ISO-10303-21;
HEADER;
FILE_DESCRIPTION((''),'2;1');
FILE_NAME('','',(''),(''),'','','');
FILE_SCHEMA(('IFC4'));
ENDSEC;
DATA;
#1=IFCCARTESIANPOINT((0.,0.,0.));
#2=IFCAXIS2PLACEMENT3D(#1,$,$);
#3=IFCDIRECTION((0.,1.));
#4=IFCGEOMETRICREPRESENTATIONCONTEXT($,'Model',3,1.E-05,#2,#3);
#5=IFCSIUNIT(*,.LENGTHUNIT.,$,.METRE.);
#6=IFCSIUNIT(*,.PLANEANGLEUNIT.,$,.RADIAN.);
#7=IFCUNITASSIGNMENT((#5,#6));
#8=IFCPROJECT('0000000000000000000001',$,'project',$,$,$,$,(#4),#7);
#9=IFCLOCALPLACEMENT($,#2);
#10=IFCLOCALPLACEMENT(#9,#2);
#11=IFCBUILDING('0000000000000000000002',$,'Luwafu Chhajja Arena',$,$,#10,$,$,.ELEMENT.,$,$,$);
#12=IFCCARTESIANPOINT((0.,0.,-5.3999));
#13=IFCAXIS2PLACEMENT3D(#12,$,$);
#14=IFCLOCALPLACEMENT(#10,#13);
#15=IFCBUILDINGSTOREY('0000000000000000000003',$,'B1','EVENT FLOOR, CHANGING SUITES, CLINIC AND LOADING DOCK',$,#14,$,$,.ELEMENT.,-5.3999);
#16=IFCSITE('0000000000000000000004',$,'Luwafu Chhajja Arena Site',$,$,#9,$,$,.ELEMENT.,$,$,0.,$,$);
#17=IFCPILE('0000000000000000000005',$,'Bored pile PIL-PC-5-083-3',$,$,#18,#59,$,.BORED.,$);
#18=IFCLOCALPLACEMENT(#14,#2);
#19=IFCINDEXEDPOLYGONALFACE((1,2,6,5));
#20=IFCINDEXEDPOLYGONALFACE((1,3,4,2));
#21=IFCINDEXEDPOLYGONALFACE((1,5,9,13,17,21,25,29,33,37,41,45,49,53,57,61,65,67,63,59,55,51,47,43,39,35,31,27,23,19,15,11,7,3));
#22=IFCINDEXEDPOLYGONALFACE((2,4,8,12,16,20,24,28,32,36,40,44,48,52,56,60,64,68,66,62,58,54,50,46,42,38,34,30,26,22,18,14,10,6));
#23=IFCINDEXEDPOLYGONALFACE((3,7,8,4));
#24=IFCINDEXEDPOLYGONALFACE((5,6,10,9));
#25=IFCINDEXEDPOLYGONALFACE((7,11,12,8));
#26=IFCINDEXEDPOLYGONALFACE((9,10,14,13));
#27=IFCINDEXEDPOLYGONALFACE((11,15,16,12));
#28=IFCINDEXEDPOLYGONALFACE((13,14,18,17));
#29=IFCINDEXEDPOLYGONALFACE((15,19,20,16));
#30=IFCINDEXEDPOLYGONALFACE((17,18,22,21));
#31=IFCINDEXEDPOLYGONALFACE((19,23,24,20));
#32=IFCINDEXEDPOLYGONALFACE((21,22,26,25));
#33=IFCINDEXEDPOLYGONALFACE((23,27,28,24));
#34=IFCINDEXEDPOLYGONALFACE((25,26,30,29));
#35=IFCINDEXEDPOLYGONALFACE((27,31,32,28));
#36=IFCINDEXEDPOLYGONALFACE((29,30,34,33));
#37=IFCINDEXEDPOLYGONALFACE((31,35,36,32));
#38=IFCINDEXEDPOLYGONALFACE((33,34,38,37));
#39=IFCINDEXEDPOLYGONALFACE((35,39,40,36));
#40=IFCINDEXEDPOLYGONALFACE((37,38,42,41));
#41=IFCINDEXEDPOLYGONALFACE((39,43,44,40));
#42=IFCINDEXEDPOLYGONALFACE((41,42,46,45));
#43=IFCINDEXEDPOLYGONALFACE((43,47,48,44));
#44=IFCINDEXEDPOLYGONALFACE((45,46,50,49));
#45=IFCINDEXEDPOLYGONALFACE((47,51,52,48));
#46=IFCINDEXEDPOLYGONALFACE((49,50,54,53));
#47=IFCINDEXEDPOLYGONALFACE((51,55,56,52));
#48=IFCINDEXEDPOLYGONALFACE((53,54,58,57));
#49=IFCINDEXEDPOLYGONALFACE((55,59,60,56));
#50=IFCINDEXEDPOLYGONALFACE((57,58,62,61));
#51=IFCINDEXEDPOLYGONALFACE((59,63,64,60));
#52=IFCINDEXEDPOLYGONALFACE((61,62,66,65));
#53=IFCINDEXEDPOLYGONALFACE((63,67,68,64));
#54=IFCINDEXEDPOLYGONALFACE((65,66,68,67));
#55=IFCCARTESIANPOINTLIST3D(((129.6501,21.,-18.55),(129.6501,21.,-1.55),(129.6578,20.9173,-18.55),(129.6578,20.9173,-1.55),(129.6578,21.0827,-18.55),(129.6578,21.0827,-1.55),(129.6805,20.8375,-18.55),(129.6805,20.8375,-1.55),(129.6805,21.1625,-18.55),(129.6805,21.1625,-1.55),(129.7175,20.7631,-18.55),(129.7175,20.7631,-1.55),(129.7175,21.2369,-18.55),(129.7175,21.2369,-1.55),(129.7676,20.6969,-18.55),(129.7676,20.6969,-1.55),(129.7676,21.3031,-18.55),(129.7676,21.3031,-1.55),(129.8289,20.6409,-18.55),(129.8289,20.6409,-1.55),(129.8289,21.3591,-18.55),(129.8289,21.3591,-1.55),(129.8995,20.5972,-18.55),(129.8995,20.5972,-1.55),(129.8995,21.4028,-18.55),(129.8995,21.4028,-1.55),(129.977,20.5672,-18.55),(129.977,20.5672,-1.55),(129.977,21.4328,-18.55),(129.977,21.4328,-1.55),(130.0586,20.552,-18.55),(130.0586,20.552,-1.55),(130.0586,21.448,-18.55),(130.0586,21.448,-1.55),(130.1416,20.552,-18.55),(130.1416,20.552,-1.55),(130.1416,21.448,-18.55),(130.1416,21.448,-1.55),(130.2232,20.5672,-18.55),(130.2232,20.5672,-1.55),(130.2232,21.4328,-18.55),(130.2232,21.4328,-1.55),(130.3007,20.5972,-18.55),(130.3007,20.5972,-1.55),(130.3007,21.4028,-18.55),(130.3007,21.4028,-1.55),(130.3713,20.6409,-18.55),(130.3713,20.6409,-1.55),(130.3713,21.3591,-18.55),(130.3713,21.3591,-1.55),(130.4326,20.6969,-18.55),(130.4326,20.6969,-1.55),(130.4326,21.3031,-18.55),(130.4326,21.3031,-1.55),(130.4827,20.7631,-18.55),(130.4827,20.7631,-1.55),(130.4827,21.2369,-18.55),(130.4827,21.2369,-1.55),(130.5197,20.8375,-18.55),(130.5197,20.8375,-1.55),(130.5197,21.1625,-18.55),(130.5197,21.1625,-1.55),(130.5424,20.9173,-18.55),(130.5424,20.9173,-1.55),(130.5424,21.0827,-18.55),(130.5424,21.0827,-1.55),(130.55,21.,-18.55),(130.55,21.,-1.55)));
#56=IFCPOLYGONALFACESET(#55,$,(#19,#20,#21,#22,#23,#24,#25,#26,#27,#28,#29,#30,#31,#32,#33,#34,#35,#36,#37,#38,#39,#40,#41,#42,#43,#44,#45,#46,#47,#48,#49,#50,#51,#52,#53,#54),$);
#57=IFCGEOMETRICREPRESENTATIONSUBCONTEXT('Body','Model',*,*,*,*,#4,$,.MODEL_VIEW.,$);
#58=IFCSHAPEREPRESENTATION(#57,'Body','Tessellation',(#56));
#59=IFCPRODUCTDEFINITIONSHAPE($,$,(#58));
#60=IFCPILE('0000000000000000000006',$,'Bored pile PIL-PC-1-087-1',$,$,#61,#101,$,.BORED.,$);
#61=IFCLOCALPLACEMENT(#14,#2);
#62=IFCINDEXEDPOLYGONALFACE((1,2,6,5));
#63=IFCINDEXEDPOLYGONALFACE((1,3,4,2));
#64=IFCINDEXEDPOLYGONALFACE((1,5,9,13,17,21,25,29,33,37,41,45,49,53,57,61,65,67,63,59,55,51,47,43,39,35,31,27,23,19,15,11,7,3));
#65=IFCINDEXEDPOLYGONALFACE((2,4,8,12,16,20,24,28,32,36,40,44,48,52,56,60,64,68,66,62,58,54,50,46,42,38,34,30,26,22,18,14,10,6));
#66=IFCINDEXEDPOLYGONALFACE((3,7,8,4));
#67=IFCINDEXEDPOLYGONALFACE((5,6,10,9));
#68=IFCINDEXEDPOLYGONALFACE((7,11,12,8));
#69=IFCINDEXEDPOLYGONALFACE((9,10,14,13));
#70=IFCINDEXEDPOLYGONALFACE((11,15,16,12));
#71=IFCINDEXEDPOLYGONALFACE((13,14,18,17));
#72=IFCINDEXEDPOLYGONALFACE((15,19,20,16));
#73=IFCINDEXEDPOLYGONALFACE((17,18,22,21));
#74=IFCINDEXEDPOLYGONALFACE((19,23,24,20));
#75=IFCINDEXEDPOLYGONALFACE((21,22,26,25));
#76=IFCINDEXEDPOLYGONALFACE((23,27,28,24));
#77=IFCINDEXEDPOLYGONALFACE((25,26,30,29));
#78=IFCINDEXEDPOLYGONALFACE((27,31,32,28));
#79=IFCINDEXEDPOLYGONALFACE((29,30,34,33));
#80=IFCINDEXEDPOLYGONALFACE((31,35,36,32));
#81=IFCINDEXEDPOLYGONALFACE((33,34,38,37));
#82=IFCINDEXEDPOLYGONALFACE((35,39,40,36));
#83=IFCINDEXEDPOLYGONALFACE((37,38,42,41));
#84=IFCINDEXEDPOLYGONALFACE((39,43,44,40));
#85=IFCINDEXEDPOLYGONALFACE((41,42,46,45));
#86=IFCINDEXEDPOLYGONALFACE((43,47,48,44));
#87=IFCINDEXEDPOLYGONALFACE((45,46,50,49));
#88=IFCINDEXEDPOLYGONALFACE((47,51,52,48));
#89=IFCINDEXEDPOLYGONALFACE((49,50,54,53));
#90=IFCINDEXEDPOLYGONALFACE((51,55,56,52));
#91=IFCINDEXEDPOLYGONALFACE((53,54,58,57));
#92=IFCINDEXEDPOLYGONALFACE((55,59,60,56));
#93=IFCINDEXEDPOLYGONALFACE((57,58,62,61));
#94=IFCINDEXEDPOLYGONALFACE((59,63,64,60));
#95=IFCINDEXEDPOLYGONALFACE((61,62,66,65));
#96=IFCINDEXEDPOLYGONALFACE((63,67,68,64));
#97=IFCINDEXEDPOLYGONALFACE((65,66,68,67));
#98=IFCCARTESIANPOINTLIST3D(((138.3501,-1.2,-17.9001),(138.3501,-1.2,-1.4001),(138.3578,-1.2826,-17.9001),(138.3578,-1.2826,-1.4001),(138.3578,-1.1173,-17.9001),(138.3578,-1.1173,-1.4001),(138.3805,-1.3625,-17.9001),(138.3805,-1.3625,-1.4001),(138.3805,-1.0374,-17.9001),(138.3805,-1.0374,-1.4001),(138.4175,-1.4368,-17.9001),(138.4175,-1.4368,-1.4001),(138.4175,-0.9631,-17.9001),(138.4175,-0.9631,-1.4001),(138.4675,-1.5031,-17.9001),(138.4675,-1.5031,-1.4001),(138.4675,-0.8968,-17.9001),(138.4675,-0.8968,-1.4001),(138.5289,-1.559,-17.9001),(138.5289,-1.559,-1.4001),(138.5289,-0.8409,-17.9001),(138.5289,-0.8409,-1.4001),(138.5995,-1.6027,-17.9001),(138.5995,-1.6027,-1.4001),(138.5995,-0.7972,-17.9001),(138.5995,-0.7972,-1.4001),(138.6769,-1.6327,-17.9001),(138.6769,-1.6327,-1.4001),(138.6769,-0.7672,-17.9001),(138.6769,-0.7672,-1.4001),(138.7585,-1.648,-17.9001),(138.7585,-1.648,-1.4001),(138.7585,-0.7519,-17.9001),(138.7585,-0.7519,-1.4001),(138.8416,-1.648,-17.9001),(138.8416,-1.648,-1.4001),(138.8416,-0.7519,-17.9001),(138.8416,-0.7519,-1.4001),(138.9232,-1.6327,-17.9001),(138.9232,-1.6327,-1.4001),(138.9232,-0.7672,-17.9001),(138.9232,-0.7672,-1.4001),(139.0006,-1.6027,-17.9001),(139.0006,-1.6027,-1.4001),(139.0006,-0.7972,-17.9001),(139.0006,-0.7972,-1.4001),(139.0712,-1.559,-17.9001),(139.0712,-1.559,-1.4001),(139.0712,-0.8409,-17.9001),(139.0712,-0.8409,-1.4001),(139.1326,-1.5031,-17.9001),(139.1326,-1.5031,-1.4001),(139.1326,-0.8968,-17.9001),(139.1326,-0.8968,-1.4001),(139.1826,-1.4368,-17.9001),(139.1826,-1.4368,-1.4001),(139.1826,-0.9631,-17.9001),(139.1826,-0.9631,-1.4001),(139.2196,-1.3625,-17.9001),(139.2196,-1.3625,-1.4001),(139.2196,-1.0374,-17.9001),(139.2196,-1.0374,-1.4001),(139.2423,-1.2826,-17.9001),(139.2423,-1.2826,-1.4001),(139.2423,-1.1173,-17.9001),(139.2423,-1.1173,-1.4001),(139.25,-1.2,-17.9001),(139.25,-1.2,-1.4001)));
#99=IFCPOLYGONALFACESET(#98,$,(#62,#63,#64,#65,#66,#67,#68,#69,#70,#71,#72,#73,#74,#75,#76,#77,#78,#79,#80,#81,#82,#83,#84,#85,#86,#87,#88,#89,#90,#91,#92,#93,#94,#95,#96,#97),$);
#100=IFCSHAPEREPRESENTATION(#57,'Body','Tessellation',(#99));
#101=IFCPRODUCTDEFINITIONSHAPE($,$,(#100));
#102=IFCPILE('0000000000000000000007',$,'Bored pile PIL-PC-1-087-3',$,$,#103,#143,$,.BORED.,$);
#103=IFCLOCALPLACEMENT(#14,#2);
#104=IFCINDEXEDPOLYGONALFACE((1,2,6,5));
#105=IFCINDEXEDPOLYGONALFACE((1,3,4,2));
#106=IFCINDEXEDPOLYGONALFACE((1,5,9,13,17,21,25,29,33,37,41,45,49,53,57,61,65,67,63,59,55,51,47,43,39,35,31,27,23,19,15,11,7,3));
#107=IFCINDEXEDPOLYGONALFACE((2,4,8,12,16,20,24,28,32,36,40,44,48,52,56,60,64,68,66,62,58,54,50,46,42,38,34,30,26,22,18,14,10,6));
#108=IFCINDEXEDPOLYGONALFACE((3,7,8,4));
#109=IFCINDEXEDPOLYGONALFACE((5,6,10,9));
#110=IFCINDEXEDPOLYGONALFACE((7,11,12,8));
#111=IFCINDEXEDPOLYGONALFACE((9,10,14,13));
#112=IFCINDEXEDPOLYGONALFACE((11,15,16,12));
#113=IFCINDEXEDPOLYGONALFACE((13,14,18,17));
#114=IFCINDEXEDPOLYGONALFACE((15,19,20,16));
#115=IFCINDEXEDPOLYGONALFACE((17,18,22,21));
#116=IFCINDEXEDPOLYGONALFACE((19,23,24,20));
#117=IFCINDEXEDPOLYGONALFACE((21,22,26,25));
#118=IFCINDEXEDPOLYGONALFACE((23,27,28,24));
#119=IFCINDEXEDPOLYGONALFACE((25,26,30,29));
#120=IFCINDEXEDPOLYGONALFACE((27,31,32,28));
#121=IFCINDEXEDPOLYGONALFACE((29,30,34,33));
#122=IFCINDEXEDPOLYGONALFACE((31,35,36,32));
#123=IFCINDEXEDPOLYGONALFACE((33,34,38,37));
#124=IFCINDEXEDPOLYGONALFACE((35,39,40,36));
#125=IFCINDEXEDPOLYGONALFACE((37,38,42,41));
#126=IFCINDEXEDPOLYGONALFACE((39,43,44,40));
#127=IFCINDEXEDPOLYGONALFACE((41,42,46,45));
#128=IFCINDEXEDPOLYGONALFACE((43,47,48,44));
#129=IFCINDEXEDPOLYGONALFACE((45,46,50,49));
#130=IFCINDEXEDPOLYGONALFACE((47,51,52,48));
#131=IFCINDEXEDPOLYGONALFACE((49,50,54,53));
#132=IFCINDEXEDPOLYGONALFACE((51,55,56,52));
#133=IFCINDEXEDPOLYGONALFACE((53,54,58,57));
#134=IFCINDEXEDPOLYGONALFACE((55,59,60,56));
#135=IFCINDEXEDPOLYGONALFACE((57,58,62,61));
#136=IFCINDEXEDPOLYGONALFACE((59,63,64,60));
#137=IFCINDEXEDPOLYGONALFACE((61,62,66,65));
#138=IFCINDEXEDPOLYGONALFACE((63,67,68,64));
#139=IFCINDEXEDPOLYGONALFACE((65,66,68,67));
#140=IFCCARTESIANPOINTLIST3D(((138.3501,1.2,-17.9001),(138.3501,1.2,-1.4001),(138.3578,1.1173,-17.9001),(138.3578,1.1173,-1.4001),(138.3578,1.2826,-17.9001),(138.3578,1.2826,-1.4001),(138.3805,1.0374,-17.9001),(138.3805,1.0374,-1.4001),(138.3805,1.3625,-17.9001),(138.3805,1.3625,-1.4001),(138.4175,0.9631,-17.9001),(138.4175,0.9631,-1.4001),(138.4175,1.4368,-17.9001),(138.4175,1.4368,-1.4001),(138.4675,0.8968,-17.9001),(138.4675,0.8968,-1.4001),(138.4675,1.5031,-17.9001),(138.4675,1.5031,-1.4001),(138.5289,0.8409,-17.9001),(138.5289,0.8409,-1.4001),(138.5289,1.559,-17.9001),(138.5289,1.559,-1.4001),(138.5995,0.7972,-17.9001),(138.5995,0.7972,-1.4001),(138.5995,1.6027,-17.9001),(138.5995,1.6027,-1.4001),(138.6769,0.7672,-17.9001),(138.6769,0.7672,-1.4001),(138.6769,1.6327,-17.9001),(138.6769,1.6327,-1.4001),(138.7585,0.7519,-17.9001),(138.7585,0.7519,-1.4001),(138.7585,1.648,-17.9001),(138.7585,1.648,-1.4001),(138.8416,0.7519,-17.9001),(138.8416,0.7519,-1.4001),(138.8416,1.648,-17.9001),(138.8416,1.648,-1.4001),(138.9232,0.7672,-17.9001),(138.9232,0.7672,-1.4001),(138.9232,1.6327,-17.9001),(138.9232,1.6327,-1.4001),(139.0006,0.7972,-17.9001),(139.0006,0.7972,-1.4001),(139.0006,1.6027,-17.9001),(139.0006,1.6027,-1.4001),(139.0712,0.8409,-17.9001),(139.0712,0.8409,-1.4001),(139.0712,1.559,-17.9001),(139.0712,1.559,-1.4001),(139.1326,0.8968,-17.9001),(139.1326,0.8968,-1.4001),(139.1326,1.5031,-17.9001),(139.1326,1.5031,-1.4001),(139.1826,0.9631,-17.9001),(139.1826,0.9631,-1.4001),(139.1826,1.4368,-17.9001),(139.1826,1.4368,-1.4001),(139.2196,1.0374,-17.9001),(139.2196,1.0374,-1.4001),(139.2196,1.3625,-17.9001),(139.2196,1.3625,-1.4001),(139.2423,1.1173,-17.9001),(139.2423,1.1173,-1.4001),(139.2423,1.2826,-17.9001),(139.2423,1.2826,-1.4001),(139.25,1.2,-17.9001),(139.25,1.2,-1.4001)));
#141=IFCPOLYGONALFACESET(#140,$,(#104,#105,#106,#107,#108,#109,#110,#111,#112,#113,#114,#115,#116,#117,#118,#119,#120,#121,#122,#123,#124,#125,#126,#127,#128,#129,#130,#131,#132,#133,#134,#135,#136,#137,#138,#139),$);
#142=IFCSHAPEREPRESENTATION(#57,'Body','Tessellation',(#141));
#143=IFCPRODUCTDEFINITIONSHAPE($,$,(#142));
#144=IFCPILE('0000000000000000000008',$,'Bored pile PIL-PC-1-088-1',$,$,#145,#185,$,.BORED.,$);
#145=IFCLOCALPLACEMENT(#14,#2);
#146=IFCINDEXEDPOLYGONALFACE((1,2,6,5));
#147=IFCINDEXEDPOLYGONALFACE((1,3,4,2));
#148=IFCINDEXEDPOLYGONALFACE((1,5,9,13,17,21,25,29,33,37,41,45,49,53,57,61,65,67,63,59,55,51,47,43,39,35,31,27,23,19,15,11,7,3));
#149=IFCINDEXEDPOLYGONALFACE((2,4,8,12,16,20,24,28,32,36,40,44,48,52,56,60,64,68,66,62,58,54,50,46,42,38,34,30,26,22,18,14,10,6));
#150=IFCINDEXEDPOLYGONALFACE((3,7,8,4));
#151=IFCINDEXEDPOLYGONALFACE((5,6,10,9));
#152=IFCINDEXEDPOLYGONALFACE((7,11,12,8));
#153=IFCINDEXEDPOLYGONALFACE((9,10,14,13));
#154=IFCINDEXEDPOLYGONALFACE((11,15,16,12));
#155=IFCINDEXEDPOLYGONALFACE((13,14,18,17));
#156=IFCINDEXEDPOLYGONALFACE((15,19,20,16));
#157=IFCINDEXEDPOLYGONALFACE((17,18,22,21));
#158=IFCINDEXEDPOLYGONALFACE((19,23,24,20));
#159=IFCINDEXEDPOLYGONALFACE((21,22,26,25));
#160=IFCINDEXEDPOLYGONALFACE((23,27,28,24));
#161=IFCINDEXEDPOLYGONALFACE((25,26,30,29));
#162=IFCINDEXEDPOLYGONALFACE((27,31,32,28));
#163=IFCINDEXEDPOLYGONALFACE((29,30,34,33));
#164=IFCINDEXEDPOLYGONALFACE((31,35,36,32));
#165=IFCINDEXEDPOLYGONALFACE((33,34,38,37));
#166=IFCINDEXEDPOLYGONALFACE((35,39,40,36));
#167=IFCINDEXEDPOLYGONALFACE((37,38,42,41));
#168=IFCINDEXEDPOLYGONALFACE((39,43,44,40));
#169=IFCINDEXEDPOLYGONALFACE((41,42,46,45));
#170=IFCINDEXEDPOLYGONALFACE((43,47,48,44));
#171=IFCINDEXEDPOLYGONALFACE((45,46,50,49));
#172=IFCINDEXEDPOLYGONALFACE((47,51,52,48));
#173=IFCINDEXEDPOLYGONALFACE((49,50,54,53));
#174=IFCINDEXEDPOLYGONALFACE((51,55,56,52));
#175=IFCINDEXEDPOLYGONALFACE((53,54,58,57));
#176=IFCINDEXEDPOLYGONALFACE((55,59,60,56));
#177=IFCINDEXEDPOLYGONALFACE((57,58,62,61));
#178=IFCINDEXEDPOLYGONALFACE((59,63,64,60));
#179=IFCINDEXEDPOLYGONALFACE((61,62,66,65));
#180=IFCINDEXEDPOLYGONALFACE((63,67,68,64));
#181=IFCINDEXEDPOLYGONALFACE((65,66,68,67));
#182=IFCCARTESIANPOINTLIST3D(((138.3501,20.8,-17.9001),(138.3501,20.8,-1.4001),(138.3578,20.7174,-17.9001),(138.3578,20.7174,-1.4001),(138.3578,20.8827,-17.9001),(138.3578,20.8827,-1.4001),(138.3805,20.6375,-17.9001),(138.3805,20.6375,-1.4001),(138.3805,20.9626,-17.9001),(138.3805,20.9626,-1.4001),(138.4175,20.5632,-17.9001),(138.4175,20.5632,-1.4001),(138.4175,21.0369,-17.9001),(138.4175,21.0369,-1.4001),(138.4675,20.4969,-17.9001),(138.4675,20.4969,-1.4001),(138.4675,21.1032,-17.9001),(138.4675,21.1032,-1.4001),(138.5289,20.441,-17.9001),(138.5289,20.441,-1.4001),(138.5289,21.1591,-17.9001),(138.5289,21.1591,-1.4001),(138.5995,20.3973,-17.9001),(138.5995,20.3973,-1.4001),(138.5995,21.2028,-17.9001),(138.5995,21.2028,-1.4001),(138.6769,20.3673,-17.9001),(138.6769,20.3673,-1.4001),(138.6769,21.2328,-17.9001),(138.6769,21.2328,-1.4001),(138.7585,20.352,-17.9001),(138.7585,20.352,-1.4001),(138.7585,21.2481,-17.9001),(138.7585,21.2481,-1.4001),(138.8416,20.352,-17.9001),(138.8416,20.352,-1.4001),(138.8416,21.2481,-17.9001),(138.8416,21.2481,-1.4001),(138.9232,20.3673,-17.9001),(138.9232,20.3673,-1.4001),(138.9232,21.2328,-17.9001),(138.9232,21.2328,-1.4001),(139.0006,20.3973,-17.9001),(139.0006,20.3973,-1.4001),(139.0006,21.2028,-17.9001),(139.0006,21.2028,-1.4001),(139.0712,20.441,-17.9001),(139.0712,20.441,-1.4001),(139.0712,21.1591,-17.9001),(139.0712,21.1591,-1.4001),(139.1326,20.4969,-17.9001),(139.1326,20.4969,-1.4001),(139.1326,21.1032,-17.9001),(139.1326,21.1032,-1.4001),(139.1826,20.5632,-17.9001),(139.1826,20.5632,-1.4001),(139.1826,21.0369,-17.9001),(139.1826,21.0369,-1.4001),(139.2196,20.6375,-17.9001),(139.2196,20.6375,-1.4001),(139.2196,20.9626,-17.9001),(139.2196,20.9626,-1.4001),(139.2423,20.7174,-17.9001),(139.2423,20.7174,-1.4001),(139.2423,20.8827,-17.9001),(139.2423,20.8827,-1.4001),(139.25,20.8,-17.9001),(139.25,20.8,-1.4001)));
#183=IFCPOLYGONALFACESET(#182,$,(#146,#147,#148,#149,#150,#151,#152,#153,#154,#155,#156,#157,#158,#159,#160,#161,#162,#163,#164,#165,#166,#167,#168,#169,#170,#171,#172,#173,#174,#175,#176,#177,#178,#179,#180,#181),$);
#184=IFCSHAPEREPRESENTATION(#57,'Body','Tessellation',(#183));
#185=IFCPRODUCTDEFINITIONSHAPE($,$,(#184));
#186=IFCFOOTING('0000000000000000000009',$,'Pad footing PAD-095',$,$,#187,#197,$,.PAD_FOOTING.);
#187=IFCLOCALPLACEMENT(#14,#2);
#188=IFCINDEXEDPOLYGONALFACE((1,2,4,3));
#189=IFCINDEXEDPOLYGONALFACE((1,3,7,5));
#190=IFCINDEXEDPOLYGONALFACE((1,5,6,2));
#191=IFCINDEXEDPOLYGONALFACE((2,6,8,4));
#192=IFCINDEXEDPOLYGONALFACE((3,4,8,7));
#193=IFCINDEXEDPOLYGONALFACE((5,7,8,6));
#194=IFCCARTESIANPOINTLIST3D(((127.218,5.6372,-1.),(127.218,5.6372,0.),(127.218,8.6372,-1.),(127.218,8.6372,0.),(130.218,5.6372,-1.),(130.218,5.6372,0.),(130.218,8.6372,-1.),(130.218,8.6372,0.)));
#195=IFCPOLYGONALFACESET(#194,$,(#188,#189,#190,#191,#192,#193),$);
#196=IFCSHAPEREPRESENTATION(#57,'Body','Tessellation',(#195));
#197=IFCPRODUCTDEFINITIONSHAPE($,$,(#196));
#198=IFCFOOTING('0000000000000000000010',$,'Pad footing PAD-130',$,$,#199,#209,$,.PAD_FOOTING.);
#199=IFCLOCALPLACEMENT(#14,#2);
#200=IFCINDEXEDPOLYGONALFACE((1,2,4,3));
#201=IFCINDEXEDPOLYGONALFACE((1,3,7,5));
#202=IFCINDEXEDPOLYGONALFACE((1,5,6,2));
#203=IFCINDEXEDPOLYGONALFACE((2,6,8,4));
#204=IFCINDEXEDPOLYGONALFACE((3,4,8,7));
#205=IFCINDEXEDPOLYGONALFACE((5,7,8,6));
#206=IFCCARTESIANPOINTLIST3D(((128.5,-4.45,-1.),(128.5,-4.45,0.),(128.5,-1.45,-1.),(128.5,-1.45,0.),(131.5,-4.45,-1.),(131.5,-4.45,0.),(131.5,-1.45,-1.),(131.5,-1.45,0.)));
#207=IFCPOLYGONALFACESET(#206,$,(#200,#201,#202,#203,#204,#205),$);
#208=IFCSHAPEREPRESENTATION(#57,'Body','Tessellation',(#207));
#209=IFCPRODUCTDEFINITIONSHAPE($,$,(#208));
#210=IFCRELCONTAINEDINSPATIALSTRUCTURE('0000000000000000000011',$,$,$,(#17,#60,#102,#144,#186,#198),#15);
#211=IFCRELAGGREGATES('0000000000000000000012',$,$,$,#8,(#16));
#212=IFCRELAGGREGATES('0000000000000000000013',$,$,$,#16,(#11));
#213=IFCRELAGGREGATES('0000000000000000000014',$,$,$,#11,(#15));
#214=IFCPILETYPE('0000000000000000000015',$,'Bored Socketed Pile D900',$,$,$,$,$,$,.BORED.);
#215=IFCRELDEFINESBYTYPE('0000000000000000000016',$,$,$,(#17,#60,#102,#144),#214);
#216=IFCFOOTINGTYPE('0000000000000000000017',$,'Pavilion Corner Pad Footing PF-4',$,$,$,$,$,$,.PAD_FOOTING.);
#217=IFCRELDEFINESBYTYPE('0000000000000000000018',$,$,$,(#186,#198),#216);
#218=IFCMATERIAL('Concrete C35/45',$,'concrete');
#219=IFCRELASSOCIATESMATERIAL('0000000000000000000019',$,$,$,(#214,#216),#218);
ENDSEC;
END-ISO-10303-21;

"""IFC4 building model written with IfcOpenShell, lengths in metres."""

from ifc_helpers import new_model, si_unit, direction, frame, origin, origin_2d, place, context, subcontext, project, spatial, rectangle, circle, extrude, material, material_profile, profile_set, type_object, element, save


model = new_model("IFC4")

# Units and contexts
model_context = context("Model", 3, precision=1e-05, world=origin(), true_north=direction((0.0, 1.0)))
body_context = subcontext(model_context, "Body", "Model", "MODEL_VIEW")
ifc_project = project(units=[si_unit("LENGTHUNIT", "METRE"), si_unit("PLANEANGLEUNIT", "RADIAN")], contexts=[model_context])

# Site, building, storey
site_placement = place(None, origin())
site = spatial("IfcSite", under=ifc_project, at=site_placement, Name="Luwafu Chhajja Arena Site", CompositionType="ELEMENT", RefElevation=0.0)
building_placement = place(site_placement, origin())
building = spatial("IfcBuilding", under=site, at=building_placement, Name="Luwafu Chhajja Arena", CompositionType="ELEMENT")
storey_placement = place(building_placement, frame((0.0, 0.0, -5.3999)))
storey = spatial("IfcBuildingStorey", under=building, at=storey_placement, Name="B1", Description="EVENT FLOOR, CHANGING SUITES, CLINIC AND LOADING DOCK", CompositionType="ELEMENT", Elevation=-5.3999)

# Shared definitions
ifc_material_1 = material(Name="Concrete C35/45", Category="concrete")

# Piles
ifc_material_profile_1 = material_profile(ifc_material_1, circle(Radius=0.45, at=origin_2d()), Name="PILE D900")
ifc_profile_set_1 = profile_set([ifc_material_profile_1], Name="Concrete C35/45")
pile_type_1 = type_object("IfcPileType", Name="Bored Socketed Pile D900", PredefinedType="BORED", material=ifc_profile_set_1)
for number, where, z_axis, x_axis, name in (
    (1, (130.1001, 21.0, -1.55), (0.0, 0.0, -1.0), (1.0, 0.0, 0.0), "Bored pile PIL-PC-5-083-3"),
):
    element("IfcPile", number, at=place(storey_placement, frame(where, z_axis=z_axis, x_axis=x_axis)), inside=storey, type_object=pile_type_1, Name=name, PredefinedType="BORED", context=body_context, shape_type="SweptSolid", body=[
        extrude(circle(Radius=0.45, at=origin_2d()), origin(), (0.0, 0.0, 1.0), 17.0),
    ])
for number, where, z_axis, x_axis, name in (
    (2, (138.8, -1.2, -1.4001), (0.0, 0.0, -1.0), (1.0, 0.0, 0.0), "Bored pile PIL-PC-1-087-1"),
    (3, (138.8, 1.2, -1.4001), (0.0, 0.0, -1.0), (1.0, 0.0, 0.0), "Bored pile PIL-PC-1-087-3"),
    (4, (138.8, 20.8, -1.4001), (0.0, 0.0, -1.0), (1.0, 0.0, 0.0), "Bored pile PIL-PC-1-088-1"),
):
    element("IfcPile", number, at=place(storey_placement, frame(where, z_axis=z_axis, x_axis=x_axis)), inside=storey, type_object=pile_type_1, Name=name, PredefinedType="BORED", context=body_context, shape_type="SweptSolid", body=[
        extrude(circle(Radius=0.45, at=origin_2d()), origin(), (0.0, 0.0, 1.0), 16.5),
    ])

# Footings
footing_type_1 = type_object("IfcFootingType", Name="Pavilion Corner Pad Footing PF-4", PredefinedType="PAD_FOOTING", material=ifc_material_1)
for number, where, z_axis, x_axis, name in (
    (5, (128.718, 7.1372, -1.0), (0.0, 0.0, 1.0), (1.0, 0.0, 0.0), "Pad footing PAD-095"),
    (6, (130.0, -2.95, -1.0), (0.0, 0.0, 1.0), (1.0, 0.0, 0.0), "Pad footing PAD-130"),
):
    element("IfcFooting", number, at=place(storey_placement, frame(where, z_axis=z_axis, x_axis=x_axis)), inside=storey, type_object=footing_type_1, Name=name, PredefinedType="PAD_FOOTING", context=body_context, shape_type="SweptSolid", body=[
        extrude(rectangle(XDim=3.0, YDim=3.0, at=origin_2d()), origin(), (0.0, 0.0, 1.0), 1.0),
    ])

save(model, "model.ifc")
